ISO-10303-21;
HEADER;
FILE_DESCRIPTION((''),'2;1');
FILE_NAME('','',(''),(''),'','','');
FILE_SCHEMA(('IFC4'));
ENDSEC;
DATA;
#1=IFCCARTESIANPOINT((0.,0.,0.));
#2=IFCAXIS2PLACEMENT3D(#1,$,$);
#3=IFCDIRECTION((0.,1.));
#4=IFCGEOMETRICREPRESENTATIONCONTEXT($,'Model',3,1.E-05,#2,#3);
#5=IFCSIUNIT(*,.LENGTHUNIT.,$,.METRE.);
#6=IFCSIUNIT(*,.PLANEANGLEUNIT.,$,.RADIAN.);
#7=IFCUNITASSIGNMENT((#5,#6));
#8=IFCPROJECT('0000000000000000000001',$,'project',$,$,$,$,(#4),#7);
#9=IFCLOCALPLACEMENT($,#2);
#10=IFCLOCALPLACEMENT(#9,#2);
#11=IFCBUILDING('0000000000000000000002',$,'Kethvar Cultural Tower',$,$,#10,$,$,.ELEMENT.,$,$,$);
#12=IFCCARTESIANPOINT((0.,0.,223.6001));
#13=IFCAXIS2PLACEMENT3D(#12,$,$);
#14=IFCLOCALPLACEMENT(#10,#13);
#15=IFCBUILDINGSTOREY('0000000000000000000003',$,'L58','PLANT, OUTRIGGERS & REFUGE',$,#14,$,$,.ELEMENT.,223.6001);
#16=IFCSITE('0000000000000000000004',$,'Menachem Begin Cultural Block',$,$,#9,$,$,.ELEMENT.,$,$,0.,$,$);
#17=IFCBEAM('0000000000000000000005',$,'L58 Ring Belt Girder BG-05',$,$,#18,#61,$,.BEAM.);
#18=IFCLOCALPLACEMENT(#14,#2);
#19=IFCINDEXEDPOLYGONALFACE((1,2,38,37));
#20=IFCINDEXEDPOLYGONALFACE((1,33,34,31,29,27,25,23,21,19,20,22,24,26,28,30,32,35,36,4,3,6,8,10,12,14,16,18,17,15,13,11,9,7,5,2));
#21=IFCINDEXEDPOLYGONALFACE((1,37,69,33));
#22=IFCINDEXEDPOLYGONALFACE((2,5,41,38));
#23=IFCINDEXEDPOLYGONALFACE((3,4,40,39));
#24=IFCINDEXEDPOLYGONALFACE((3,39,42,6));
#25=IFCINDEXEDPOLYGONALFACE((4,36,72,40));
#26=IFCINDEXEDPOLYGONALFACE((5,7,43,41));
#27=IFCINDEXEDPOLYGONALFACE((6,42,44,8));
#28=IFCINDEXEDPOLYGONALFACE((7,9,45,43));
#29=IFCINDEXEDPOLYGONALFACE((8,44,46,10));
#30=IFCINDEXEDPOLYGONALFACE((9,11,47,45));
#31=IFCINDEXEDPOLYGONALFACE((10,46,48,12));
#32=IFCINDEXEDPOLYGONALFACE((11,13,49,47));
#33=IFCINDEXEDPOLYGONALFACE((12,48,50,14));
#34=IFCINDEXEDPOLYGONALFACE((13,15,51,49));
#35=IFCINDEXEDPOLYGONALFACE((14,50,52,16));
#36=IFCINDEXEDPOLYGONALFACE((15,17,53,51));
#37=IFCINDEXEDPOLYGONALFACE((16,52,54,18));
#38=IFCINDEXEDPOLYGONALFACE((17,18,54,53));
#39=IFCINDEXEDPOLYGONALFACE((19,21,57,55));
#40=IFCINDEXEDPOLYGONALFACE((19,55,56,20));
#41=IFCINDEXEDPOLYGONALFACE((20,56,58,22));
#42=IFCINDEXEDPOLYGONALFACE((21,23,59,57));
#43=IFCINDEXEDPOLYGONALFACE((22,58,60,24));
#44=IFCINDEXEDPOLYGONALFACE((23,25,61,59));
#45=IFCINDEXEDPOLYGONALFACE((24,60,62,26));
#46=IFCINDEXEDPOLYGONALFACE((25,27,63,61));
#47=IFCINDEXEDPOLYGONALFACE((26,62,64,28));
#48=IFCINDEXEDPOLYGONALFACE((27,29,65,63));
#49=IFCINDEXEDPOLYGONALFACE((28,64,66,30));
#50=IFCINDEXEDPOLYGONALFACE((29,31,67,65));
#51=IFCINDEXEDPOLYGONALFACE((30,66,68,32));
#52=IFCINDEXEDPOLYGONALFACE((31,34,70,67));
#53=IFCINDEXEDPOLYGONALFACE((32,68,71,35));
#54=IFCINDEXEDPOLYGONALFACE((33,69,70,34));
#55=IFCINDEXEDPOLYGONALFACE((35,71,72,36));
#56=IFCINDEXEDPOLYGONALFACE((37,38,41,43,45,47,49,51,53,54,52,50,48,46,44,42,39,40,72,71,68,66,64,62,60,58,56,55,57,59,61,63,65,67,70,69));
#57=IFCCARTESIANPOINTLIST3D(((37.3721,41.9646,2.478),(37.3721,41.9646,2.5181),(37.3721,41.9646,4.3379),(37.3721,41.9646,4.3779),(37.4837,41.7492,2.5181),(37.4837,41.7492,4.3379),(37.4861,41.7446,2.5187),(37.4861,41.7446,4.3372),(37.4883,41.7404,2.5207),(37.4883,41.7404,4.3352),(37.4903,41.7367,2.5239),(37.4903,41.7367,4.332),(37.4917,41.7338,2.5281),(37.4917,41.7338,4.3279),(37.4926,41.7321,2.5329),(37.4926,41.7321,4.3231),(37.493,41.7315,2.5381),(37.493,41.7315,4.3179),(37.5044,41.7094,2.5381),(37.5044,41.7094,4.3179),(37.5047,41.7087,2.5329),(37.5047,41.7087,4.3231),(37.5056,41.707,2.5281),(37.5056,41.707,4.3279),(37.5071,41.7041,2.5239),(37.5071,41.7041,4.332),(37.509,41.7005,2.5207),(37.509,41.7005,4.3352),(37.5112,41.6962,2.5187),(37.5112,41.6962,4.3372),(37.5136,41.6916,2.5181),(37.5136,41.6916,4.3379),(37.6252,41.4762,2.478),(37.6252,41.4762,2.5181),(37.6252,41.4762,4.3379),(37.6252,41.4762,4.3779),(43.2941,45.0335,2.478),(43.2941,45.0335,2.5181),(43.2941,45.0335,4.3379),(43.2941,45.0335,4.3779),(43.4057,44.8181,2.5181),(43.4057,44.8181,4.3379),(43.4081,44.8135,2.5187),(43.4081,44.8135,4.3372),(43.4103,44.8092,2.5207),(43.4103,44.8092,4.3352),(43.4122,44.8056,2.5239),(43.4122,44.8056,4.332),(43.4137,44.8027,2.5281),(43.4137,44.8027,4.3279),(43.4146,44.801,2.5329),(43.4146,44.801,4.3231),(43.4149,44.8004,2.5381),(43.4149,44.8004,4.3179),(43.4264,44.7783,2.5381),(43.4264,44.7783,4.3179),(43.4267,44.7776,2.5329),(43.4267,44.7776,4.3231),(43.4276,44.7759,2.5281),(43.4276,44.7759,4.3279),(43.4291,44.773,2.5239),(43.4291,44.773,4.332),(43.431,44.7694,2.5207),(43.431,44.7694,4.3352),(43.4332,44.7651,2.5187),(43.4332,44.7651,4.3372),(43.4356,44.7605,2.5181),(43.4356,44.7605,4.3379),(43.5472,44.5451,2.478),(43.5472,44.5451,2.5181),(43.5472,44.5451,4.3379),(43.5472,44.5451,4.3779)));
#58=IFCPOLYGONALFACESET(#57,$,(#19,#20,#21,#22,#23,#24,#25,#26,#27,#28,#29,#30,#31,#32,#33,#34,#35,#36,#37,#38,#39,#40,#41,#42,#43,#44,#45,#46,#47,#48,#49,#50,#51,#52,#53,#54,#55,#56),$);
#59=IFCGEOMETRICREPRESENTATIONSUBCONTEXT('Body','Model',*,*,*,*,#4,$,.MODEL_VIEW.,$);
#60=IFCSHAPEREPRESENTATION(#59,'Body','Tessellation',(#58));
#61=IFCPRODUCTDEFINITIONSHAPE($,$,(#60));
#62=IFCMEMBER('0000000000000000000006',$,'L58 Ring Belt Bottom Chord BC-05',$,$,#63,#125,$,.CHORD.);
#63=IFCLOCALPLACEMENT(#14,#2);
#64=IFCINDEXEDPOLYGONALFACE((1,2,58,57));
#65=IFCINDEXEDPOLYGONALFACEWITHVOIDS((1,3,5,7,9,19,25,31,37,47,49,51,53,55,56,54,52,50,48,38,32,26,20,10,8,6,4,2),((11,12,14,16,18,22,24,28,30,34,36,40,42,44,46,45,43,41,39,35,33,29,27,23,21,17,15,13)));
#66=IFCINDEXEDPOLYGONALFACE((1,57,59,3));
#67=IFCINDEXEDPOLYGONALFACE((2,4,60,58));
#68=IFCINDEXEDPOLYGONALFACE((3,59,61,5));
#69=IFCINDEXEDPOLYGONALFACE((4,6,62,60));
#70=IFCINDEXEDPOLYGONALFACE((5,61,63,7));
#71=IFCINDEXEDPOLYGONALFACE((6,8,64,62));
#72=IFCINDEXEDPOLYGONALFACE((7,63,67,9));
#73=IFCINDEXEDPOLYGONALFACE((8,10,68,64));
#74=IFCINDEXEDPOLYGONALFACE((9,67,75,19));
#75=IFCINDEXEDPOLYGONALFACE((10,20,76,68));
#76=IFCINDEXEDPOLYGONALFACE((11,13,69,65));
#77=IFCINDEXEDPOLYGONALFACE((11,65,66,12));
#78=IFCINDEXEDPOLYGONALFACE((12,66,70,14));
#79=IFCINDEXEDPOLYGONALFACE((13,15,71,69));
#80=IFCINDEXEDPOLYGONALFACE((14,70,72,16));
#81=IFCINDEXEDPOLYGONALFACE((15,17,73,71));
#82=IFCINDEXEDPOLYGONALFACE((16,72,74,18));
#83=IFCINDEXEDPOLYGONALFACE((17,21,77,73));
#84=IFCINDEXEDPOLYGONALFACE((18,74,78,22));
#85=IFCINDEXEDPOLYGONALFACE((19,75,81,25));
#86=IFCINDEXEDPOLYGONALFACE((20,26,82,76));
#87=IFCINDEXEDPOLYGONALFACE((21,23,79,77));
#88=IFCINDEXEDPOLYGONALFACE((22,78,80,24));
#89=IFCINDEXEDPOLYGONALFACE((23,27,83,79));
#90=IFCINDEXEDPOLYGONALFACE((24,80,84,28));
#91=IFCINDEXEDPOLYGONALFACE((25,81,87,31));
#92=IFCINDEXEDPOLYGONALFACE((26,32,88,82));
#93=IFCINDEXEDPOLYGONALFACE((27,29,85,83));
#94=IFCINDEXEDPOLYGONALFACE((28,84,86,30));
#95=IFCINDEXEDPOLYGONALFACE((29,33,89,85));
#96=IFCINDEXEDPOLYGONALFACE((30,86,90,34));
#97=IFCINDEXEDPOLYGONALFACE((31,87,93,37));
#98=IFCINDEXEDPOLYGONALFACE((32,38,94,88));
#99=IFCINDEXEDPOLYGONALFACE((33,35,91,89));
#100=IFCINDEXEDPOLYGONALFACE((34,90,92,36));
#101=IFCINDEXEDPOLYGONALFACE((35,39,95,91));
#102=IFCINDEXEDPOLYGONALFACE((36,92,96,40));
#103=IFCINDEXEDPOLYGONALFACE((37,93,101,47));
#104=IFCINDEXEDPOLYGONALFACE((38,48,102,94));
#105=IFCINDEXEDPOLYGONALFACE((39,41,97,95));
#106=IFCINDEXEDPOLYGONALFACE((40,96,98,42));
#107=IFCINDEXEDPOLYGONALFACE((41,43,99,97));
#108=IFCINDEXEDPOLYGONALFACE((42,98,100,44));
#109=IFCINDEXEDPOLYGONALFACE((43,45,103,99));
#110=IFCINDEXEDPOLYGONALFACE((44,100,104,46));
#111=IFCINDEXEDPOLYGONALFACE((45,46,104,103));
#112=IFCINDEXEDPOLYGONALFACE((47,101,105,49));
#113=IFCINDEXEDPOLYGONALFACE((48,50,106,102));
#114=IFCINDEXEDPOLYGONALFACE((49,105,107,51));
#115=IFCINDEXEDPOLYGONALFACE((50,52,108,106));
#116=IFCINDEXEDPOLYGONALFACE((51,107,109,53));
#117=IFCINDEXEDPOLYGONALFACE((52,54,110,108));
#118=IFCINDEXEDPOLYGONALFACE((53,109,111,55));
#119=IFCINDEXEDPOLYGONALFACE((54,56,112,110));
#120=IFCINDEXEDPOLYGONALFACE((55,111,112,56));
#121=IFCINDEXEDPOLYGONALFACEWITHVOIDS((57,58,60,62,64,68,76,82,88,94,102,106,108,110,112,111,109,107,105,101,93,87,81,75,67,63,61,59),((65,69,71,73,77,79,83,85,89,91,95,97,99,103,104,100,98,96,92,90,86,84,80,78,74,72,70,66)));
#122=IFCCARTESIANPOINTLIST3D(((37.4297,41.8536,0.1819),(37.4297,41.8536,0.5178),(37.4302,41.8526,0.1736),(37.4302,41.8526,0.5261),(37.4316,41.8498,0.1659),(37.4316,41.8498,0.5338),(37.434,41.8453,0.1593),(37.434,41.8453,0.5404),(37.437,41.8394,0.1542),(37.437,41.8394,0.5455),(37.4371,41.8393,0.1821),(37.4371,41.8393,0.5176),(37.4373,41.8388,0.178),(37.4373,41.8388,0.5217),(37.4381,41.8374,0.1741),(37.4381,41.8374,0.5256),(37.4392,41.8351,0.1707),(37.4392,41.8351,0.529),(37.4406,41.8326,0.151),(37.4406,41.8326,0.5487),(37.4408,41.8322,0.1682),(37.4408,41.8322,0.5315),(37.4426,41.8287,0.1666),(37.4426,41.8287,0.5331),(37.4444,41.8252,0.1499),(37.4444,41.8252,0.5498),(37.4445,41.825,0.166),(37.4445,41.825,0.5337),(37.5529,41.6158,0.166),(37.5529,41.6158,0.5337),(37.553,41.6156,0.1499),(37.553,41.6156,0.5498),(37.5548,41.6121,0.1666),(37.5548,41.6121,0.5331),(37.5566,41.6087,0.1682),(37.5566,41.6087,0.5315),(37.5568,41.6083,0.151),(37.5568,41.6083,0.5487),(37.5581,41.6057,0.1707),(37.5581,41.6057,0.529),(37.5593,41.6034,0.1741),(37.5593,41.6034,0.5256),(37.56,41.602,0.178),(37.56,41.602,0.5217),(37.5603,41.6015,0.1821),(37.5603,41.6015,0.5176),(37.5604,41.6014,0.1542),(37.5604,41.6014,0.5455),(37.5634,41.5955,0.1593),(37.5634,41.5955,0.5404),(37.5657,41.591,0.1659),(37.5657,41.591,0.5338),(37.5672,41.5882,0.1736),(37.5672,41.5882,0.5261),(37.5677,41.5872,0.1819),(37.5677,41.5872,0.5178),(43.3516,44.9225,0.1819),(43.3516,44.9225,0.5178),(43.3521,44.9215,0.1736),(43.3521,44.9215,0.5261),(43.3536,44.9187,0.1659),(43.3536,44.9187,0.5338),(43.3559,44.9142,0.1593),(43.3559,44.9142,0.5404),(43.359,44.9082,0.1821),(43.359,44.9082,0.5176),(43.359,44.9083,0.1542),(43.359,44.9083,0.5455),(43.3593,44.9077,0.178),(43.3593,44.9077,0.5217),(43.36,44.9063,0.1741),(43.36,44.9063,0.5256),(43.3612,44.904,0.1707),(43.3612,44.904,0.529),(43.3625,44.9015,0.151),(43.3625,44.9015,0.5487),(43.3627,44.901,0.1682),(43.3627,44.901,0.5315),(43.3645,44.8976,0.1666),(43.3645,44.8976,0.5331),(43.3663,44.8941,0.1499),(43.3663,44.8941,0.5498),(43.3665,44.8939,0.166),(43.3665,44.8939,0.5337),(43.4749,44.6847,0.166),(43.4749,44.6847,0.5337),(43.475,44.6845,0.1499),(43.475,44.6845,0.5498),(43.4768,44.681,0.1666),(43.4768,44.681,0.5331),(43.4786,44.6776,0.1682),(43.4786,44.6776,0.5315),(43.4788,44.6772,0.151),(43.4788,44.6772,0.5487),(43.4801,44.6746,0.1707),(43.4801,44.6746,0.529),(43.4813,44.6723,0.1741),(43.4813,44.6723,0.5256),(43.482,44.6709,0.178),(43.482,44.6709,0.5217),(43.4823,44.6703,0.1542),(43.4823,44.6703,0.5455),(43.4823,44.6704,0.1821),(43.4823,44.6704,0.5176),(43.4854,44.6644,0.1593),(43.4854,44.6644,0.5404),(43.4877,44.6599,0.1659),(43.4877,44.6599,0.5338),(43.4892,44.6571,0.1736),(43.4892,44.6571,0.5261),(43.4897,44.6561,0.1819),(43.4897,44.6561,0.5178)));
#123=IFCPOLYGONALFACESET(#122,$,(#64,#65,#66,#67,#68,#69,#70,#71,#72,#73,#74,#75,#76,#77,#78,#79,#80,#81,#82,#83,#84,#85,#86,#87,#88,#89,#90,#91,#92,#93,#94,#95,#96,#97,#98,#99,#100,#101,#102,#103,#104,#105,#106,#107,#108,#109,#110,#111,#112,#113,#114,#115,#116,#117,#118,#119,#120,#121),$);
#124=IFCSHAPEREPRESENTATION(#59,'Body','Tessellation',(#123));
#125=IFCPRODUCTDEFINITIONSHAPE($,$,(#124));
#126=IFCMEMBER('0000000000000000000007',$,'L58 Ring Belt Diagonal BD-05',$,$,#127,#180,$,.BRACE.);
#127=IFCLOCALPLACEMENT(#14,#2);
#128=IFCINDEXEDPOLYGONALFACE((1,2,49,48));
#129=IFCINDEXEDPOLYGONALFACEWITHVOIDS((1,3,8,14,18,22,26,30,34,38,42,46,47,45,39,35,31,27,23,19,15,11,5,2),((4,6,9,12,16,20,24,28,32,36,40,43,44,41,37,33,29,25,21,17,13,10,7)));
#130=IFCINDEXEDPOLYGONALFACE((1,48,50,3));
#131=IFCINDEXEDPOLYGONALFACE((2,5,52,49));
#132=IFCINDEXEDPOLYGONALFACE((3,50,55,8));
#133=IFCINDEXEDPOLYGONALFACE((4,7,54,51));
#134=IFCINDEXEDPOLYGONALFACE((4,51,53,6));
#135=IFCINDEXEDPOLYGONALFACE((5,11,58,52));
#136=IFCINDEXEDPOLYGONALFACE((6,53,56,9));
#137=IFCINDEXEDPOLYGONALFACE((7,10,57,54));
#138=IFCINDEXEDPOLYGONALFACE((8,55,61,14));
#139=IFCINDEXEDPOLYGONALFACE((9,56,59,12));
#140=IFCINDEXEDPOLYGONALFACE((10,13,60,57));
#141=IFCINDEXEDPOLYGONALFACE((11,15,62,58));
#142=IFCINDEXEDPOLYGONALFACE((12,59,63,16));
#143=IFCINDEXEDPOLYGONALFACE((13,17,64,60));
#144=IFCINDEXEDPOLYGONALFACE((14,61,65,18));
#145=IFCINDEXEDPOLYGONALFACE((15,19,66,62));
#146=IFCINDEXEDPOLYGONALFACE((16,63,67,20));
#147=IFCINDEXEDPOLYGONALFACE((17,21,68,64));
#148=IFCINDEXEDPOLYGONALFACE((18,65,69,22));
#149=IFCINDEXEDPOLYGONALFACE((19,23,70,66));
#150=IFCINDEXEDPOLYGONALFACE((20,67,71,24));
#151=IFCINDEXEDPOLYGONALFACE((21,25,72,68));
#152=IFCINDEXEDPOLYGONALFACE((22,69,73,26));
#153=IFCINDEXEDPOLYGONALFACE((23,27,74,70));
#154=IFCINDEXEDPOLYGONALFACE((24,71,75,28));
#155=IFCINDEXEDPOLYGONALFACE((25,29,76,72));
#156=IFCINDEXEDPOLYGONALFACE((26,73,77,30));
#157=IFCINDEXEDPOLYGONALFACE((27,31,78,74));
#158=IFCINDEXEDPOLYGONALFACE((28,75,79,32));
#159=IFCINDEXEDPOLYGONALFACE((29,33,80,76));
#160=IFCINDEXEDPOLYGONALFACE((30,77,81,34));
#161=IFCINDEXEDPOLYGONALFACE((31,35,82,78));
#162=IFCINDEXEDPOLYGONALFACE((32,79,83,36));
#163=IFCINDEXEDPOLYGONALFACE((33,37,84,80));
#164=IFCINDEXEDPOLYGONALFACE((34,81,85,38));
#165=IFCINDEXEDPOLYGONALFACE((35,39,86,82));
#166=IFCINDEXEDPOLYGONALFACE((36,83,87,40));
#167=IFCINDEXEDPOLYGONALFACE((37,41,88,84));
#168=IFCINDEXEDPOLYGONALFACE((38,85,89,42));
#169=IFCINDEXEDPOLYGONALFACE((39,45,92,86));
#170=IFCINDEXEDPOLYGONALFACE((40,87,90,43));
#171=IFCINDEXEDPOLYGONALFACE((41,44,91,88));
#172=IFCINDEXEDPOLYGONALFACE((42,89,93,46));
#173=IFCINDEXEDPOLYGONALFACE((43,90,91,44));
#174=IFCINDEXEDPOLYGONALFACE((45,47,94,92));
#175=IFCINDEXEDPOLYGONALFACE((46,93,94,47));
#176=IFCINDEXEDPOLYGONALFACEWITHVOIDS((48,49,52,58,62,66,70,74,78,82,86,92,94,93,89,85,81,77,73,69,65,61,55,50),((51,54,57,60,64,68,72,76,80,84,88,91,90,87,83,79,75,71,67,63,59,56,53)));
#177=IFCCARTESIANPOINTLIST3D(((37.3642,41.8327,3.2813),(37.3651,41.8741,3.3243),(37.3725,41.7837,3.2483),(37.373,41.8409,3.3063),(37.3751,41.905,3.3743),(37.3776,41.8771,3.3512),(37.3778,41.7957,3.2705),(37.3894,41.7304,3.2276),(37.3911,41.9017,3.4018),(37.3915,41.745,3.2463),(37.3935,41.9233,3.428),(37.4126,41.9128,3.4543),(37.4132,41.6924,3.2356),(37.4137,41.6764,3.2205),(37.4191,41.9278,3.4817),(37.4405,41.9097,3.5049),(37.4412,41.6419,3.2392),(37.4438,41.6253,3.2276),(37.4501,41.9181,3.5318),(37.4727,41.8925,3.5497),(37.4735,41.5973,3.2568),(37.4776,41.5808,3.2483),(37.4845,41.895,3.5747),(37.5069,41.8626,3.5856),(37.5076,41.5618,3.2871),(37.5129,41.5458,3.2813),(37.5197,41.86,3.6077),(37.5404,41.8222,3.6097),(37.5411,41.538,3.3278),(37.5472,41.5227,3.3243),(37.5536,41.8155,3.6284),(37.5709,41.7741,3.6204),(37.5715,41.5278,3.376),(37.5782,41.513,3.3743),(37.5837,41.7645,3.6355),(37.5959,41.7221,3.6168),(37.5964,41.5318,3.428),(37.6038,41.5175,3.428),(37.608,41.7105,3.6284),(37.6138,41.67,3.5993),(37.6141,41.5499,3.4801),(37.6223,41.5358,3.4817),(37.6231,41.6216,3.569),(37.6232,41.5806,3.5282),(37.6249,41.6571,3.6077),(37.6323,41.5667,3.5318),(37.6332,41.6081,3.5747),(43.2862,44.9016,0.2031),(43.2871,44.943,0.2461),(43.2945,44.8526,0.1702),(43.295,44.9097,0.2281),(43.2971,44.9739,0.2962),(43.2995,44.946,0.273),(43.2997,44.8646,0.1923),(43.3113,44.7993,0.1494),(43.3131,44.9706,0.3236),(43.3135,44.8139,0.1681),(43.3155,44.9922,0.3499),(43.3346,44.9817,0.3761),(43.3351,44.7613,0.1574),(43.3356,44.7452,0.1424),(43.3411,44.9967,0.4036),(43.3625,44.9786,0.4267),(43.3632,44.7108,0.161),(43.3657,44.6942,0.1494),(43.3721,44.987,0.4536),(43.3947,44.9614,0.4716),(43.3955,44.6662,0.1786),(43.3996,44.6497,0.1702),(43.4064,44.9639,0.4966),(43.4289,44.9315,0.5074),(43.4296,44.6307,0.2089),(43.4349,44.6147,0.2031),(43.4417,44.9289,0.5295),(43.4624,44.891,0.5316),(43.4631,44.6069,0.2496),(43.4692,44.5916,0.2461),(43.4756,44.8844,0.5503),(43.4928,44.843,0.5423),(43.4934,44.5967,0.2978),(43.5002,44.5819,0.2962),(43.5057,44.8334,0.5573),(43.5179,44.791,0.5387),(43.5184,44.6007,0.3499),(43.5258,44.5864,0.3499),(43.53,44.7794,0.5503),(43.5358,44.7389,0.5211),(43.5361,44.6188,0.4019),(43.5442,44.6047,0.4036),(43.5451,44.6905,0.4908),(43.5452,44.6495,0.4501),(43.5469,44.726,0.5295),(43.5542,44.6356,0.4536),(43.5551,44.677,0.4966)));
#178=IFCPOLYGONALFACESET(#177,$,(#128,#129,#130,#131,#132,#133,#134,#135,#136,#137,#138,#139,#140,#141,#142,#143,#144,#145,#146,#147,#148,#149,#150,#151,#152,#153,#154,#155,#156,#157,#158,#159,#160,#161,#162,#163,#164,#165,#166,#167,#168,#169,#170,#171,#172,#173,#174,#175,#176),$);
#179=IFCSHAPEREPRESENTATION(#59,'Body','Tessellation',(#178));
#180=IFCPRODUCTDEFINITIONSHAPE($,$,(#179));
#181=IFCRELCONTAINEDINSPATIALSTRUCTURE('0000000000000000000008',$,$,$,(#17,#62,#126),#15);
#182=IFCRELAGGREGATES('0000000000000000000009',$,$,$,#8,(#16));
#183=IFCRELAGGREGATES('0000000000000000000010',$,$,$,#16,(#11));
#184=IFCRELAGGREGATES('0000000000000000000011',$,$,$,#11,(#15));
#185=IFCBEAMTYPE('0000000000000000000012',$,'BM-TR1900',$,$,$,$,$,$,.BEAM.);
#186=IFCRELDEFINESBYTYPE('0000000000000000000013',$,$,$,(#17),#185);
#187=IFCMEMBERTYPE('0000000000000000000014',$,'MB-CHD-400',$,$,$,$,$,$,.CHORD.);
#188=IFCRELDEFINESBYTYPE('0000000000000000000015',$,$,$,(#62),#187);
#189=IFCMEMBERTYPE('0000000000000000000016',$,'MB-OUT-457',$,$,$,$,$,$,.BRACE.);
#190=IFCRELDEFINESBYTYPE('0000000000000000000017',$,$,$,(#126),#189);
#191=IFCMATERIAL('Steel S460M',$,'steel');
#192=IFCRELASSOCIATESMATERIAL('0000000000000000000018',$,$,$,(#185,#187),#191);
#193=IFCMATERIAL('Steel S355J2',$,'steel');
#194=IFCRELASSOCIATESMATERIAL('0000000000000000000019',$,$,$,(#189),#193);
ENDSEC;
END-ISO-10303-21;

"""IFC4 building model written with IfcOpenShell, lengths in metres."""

from ifc_helpers import new_model, si_unit, direction, frame, origin, origin_2d, place, context, subcontext, project, spatial, hollow_rectangle, hollow_circle, i_section, extrude, source, transform, mapped, material, material_profile, profile_set, type_object, element, save


model = new_model("IFC4")

# Units and contexts
model_context = context("Model", 3, precision=1e-05, world=origin(), true_north=direction((0.0, 1.0)))
body_context = subcontext(model_context, "Body", "Model", "MODEL_VIEW")
ifc_project = project(units=[si_unit("LENGTHUNIT", "METRE"), si_unit("PLANEANGLEUNIT", "RADIAN")], contexts=[model_context])

# Site, building, storey
site_placement = place(None, origin())
site = spatial("IfcSite", under=ifc_project, at=site_placement, Name="Menachem Begin Cultural Block", CompositionType="ELEMENT", RefElevation=0.0)
building_placement = place(site_placement, origin())
building = spatial("IfcBuilding", under=site, at=building_placement, Name="Kethvar Cultural Tower", CompositionType="ELEMENT")
storey_placement = place(building_placement, frame((0.0, 0.0, 223.6001)))
storey = spatial("IfcBuildingStorey", under=building, at=storey_placement, Name="L58", Description="PLANT, OUTRIGGERS & REFUGE", CompositionType="ELEMENT", Elevation=223.6001)

# Shared definitions
ifc_material_1 = material(Name="Steel S460M", Category="steel")

# Shared definitions
ifc_material_profile_1 = material_profile(ifc_material_1, i_section(OverallWidth=0.55, OverallDepth=1.8999, WebThickness=0.0249, FlangeThickness=0.04, FilletRadius=0.02, at=origin_2d()), Name="Steel S460M — PG1900x550x40x25")
ifc_profile_set_1 = profile_set([ifc_material_profile_1], Name="Steel S460M — PG1900x550x40x25")
beam_type = type_object("IfcBeamType", Name="BM-TR1900", PredefinedType="BEAM", material=ifc_profile_set_1)

# Shared definitions
ifc_material_2 = material(Name="Steel S355J2", Category="steel")
ifc_material_profile_2 = material_profile(ifc_material_2, hollow_circle(Radius=0.2285, WallThickness=0.0161, at=origin_2d()), Name="Steel S355J2 — CHS457x16")
ifc_profile_set_2 = profile_set([ifc_material_profile_2], Name="Steel S355J2 — CHS457x16")
member_type_1 = type_object("IfcMemberType", Name="MB-OUT-457", PredefinedType="BRACE", material=ifc_profile_set_2)

# Beam
shared_shape_1 = source(origin(), body_context, "Body", "SweptSolid", [
    extrude(i_section(OverallWidth=0.55, OverallDepth=1.8999, WebThickness=0.0249, FlangeThickness=0.04, FilletRadius=0.02, at=origin_2d()), origin(), (0.0, 0.0, 1.0), 6.6699),
])
beam_1_placement = place(storey_placement, frame((43.4207, 44.7893, 3.428), z_axis=(-0.887862, -0.46011, 0.0), x_axis=(0.46011, -0.887862, 0.0)))
element("IfcBeam", 1, at=beam_1_placement, inside=storey, type_object=beam_type, Name="L58 Ring Belt Girder BG-05", PredefinedType="BEAM", context=body_context, shape_type="MappedRepresentation", body=[
    mapped(shared_shape_1, transform((0.0, 0.0, 0.0), scale=1.0)),
])

# Members
ifc_material_profile_3 = material_profile(ifc_material_1, hollow_rectangle(XDim=0.3, YDim=0.3999, WallThickness=0.0161, InnerFilletRadius=0.0161, OuterFilletRadius=0.032, at=origin_2d()), Name="Steel S460M — RHS400x300x16")
ifc_profile_set_3 = profile_set([ifc_material_profile_3], Name="Steel S460M — RHS400x300x16")
member_type_2 = type_object("IfcMemberType", Name="MB-CHD-400", PredefinedType="CHORD", material=ifc_profile_set_3)
shared_shape_2 = source(origin(), body_context, "Body", "SweptSolid", [
    extrude(hollow_rectangle(XDim=0.3, YDim=0.3999, WallThickness=0.0161, InnerFilletRadius=0.0161, OuterFilletRadius=0.032, at=origin_2d()), origin(), (0.0, 0.0, 1.0), 6.6699),
])
member_1_placement = place(storey_placement, frame((43.4207, 44.7893, 0.3499), z_axis=(-0.887862, -0.46011, 0.0), x_axis=(0.46011, -0.887862, 0.0)))
element("IfcMember", 2, at=member_1_placement, inside=storey, type_object=member_type_2, Name="L58 Ring Belt Bottom Chord BC-05", PredefinedType="CHORD", context=body_context, shape_type="MappedRepresentation", body=[
    mapped(shared_shape_2, transform((0.0, 0.0, 0.0), scale=1.0)),
])
shared_shape_3 = source(origin(), body_context, "Body", "SweptSolid", [
    extrude(hollow_circle(Radius=0.2285, WallThickness=0.0161, at=origin_2d()), origin(), (0.0, 0.0, 1.0), 7.3459),
])
member_2_placement = place(storey_placement, frame((43.4207, 44.7893, 0.3499), z_axis=(-0.806154, -0.417767, 0.41903), x_axis=(0.46011, -0.887862, 0.0)))
element("IfcMember", 3, at=member_2_placement, inside=storey, type_object=member_type_1, Name="L58 Ring Belt Diagonal BD-05", PredefinedType="BRACE", context=body_context, shape_type="MappedRepresentation", body=[
    mapped(shared_shape_3, transform((0.0, 0.0, 0.0), scale=1.0)),
])

save(model, "model.ifc")
